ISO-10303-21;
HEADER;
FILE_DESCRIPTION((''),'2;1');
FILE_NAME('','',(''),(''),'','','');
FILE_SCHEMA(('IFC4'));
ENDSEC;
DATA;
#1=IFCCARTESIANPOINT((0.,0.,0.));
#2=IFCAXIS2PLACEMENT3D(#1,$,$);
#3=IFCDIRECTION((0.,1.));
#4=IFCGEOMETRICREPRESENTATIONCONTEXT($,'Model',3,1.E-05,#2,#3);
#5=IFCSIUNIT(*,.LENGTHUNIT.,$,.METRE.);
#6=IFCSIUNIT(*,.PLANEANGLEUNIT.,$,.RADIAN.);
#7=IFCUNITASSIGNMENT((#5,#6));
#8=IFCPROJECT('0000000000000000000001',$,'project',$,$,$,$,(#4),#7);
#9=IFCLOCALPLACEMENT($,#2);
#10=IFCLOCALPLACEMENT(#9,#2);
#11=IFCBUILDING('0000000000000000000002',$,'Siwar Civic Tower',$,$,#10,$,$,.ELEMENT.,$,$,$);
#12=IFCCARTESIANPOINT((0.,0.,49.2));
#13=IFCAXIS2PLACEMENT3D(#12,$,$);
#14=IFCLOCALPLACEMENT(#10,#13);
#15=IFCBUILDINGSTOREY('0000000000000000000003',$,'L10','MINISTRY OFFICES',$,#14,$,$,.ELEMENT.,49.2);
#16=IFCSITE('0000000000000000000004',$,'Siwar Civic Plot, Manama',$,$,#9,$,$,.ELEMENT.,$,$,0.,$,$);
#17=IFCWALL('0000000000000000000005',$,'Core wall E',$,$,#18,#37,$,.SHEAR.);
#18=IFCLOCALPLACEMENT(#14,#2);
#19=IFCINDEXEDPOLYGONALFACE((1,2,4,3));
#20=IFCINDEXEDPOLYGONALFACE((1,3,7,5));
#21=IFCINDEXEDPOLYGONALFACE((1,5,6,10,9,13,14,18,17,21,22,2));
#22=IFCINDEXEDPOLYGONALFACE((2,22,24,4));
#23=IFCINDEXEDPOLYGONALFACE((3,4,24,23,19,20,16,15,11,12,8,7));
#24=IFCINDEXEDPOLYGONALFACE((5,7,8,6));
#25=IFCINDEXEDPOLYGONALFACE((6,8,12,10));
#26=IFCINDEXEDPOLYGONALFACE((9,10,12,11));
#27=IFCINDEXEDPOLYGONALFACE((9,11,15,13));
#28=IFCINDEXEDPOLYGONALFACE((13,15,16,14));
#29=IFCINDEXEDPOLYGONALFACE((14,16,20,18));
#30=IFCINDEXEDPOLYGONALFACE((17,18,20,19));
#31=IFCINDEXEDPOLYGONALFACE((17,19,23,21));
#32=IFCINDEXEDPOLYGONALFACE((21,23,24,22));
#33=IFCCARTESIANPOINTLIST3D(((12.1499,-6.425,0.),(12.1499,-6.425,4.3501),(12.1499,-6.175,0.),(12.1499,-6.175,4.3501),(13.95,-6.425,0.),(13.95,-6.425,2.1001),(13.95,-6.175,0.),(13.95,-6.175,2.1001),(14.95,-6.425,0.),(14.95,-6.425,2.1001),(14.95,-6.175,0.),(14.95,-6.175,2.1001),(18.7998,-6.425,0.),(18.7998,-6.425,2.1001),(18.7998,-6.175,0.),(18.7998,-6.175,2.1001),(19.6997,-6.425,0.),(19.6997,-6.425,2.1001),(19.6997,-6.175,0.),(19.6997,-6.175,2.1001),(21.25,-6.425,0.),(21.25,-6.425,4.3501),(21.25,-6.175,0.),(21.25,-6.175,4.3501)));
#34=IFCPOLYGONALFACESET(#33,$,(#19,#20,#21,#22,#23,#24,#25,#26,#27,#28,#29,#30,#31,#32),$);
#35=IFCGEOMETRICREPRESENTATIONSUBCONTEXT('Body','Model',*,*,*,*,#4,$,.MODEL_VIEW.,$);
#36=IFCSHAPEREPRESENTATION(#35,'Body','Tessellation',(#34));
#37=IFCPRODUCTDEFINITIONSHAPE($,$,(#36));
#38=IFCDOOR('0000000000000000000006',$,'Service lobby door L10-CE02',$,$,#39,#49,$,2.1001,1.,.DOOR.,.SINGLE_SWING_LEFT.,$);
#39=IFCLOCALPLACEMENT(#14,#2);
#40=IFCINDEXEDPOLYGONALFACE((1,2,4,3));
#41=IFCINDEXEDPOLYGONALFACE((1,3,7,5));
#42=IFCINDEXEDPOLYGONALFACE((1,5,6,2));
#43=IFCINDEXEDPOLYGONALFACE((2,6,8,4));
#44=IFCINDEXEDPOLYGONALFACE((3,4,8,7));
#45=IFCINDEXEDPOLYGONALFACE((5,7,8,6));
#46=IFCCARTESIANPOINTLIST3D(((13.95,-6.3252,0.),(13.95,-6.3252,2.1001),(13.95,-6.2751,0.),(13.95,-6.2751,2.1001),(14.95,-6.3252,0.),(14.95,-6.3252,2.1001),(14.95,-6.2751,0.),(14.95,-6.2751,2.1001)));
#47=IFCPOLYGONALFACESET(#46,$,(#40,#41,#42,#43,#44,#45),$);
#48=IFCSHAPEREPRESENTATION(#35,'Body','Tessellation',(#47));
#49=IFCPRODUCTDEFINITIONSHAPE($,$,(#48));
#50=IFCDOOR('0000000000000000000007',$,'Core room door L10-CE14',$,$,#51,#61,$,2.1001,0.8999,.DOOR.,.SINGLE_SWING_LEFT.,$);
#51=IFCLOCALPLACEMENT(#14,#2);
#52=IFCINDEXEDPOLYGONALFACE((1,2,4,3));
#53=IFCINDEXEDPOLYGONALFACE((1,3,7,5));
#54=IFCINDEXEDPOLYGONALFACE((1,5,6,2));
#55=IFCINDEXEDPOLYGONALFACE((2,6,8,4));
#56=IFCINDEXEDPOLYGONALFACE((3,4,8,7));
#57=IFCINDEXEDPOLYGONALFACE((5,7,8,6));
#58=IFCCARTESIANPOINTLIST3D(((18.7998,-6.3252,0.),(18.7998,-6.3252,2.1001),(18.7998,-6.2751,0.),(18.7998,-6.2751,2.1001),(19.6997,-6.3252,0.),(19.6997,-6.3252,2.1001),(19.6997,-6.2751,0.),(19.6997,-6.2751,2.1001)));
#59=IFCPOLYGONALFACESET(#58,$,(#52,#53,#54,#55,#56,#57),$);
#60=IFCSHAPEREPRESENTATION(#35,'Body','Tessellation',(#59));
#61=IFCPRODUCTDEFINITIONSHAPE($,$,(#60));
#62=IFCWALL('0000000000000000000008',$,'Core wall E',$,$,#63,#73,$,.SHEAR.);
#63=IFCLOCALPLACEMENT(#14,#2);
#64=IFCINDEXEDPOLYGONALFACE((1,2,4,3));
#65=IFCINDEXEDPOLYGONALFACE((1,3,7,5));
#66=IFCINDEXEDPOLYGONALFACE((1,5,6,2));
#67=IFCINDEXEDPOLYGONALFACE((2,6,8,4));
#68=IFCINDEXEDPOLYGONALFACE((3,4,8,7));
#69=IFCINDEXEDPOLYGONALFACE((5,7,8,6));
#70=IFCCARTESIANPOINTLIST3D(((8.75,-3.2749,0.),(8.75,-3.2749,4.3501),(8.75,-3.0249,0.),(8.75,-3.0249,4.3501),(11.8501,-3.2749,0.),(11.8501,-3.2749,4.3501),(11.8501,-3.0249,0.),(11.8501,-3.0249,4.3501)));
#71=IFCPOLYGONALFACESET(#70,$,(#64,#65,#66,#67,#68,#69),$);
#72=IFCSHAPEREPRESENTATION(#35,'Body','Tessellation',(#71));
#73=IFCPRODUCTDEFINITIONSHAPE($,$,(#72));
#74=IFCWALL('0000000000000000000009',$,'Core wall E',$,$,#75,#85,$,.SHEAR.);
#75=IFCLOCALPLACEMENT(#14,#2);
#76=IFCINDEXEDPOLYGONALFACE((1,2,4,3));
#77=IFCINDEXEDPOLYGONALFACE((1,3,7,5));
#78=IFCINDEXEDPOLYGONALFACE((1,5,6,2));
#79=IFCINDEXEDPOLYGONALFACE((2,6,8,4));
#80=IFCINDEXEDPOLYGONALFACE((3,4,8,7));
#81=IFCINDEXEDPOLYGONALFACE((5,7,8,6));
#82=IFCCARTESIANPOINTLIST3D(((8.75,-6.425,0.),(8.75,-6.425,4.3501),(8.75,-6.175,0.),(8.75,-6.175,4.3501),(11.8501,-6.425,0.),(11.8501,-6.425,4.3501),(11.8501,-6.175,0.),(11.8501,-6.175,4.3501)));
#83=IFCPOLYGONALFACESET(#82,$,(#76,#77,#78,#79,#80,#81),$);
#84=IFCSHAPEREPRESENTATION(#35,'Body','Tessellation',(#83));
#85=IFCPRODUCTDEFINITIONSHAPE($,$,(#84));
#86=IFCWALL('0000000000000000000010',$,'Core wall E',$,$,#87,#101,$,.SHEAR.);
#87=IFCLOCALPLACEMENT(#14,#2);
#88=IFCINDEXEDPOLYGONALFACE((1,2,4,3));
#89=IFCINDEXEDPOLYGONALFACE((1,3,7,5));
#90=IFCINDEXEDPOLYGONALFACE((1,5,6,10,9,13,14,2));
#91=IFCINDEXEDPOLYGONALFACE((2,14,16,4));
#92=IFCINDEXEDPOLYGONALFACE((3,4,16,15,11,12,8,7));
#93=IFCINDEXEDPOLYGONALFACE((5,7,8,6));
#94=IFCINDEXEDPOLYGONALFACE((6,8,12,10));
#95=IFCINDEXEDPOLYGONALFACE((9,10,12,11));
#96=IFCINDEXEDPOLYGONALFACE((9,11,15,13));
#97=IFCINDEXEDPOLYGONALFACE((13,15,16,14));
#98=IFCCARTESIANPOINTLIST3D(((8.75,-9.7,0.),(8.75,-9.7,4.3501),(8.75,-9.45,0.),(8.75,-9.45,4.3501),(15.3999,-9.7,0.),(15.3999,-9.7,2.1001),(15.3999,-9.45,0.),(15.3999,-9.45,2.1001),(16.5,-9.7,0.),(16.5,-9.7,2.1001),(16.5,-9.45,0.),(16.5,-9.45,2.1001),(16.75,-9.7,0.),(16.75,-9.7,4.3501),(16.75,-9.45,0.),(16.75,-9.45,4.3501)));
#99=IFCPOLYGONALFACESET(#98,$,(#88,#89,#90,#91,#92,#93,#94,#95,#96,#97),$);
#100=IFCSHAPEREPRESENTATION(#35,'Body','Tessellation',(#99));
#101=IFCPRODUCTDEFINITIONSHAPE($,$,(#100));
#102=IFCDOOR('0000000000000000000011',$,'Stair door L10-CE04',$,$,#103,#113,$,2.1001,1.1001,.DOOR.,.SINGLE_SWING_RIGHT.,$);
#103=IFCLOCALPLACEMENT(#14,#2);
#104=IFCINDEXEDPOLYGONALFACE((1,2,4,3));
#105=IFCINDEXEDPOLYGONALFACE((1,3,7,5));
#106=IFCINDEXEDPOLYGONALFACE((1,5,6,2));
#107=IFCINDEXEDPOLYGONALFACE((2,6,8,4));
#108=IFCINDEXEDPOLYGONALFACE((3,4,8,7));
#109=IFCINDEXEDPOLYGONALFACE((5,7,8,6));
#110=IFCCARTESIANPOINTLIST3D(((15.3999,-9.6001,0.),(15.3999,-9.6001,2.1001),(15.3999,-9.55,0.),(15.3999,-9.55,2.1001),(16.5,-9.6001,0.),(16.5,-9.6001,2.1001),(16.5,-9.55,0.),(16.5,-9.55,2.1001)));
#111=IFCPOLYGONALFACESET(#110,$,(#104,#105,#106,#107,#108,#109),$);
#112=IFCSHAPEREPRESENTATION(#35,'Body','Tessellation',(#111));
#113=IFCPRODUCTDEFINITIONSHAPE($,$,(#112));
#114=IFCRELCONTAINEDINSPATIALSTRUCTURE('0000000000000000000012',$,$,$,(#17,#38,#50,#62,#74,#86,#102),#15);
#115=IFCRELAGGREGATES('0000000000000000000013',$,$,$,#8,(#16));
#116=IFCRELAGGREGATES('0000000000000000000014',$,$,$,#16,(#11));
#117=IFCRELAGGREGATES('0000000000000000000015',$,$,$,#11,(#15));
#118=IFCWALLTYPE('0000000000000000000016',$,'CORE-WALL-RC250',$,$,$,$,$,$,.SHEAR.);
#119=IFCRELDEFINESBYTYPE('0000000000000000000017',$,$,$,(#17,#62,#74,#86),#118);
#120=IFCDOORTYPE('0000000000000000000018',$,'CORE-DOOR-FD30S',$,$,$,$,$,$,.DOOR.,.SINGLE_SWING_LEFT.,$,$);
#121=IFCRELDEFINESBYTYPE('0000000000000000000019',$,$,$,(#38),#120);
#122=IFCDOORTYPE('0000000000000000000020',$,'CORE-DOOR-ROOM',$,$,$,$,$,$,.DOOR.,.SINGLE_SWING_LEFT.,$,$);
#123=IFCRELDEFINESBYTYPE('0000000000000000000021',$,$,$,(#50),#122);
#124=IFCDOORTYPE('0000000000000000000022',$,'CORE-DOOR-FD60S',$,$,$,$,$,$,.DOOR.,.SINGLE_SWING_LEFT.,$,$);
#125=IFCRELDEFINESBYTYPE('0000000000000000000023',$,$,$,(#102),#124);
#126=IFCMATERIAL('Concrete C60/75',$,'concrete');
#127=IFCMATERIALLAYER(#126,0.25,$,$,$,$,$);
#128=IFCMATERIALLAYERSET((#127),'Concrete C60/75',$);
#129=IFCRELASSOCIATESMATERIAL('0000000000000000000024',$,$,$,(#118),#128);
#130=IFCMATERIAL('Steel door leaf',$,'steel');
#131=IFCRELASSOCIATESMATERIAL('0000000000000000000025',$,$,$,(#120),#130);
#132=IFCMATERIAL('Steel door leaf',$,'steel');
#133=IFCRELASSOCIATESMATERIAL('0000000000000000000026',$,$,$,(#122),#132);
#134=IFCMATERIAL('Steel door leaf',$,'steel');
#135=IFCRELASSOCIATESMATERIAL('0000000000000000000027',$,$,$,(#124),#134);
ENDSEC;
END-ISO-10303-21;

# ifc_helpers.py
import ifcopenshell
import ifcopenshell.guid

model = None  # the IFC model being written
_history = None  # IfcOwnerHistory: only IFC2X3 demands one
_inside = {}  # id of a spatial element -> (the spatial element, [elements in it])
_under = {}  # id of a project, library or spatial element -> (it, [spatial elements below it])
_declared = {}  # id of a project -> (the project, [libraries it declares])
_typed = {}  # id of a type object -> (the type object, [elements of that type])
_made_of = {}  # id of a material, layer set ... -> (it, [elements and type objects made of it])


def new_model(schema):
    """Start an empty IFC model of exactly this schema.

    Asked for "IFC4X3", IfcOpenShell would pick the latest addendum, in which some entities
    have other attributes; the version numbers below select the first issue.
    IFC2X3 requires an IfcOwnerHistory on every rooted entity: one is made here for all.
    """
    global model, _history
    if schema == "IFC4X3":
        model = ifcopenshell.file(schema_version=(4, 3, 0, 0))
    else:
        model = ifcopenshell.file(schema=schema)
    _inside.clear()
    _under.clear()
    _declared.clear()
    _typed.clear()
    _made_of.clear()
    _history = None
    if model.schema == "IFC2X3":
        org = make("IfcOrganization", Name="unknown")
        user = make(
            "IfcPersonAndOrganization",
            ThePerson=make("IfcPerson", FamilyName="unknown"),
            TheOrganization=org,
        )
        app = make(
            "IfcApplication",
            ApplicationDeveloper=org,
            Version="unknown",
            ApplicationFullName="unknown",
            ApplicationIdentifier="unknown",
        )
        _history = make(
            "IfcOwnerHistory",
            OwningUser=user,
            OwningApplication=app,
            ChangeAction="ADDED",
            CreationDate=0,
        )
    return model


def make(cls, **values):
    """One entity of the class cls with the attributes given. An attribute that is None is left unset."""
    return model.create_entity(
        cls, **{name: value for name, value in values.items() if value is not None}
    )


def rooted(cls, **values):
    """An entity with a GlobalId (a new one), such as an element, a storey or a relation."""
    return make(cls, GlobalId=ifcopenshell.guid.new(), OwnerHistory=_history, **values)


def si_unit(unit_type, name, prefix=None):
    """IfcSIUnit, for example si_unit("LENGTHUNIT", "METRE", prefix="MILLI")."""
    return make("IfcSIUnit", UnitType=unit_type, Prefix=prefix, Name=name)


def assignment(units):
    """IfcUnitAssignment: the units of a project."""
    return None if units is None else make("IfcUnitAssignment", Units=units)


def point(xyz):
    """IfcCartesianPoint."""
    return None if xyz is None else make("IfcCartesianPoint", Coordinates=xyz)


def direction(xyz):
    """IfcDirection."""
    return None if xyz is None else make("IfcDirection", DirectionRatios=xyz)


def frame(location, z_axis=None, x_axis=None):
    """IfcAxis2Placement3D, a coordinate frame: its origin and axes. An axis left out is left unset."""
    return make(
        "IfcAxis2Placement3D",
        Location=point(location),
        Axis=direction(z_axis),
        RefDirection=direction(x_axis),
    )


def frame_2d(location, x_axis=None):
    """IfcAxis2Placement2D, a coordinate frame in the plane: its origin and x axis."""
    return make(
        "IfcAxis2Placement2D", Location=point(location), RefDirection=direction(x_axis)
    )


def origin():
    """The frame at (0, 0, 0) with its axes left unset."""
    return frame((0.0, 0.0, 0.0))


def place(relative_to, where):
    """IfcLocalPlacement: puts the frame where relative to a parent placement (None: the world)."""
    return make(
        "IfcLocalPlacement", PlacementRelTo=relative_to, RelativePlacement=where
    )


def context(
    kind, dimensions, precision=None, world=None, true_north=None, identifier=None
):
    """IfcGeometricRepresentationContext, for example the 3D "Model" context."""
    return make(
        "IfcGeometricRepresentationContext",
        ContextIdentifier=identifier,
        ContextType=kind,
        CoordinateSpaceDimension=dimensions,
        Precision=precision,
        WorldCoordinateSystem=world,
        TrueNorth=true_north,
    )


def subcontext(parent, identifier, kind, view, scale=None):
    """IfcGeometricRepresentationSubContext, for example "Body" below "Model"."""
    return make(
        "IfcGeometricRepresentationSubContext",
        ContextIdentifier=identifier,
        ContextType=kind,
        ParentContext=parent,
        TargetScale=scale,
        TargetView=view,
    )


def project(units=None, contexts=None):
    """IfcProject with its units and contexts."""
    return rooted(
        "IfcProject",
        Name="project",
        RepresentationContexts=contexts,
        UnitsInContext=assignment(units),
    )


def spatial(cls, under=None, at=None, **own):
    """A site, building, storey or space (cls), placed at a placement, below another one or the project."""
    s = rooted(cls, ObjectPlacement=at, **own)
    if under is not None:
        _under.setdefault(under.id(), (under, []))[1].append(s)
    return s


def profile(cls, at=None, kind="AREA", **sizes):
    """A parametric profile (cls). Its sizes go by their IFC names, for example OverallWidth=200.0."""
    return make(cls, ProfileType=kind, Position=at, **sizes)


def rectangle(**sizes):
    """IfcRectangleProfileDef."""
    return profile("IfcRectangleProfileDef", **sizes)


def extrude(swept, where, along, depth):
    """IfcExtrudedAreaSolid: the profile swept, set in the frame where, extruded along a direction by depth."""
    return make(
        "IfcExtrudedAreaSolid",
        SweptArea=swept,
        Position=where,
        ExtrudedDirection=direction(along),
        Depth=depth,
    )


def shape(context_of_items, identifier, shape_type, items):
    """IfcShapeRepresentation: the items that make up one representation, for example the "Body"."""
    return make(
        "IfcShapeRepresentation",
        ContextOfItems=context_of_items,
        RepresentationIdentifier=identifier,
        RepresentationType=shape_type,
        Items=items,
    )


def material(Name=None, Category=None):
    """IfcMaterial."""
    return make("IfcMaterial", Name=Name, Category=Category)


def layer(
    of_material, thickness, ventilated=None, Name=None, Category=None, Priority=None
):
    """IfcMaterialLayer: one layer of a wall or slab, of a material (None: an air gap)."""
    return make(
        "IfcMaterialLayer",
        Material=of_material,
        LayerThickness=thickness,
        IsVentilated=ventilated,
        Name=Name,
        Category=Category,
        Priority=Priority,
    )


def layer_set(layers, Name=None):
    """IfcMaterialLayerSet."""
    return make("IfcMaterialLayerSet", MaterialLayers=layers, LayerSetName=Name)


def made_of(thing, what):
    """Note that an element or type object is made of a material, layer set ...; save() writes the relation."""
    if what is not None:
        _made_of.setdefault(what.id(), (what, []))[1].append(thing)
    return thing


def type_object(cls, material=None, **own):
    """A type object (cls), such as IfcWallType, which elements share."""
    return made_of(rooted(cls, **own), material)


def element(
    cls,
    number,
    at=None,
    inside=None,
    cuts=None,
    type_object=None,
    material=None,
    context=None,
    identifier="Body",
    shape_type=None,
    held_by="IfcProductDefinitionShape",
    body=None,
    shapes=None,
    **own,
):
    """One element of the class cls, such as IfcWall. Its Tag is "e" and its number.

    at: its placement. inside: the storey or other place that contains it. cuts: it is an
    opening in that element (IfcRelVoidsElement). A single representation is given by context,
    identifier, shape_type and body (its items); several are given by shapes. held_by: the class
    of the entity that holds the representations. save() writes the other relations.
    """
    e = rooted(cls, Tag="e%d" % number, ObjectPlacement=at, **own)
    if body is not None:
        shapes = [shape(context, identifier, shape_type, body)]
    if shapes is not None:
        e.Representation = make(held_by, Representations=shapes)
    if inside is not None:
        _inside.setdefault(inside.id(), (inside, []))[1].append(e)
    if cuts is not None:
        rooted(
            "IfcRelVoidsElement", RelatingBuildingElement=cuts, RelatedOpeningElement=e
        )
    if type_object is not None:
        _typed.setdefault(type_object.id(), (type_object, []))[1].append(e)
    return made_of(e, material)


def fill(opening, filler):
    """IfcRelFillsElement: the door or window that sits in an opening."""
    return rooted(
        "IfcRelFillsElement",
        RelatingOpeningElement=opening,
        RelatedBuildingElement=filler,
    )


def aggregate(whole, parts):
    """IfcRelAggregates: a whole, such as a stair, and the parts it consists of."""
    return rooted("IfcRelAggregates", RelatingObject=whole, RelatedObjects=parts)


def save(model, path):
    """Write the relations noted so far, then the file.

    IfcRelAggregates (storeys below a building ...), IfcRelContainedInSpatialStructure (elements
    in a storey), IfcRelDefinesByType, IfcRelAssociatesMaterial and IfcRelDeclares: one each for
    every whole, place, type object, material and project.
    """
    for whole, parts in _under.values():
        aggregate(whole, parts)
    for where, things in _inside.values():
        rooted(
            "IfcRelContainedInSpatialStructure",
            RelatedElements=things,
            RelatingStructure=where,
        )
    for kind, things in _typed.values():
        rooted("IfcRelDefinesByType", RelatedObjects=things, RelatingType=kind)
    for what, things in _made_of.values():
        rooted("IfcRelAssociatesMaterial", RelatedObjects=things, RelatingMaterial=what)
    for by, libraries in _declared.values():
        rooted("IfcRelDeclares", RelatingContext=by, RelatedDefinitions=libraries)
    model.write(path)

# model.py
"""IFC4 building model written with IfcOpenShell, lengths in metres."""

from ifc_helpers import new_model, si_unit, direction, frame, frame_2d, origin, place, context, subcontext, project, spatial, rectangle, extrude, material, layer, layer_set, type_object, element, fill, save


model = new_model("IFC4")

# Units and contexts
model_context = context("Model", 3, precision=1e-05, world=origin(), true_north=direction((0.0, 1.0)))
body_context = subcontext(model_context, "Body", "Model", "MODEL_VIEW")
ifc_project = project(units=[si_unit("LENGTHUNIT", "METRE"), si_unit("PLANEANGLEUNIT", "RADIAN")], contexts=[model_context])

# Site, building, storey
site_placement = place(None, origin())
site = spatial("IfcSite", under=ifc_project, at=site_placement, Name="Siwar Civic Plot, Manama", CompositionType="ELEMENT", RefElevation=0.0)
building_placement = place(site_placement, origin())
building = spatial("IfcBuilding", under=site, at=building_placement, Name="Siwar Civic Tower", CompositionType="ELEMENT")
storey_placement = place(building_placement, frame((0.0, 0.0, 49.2)))
storey = spatial("IfcBuildingStorey", under=building, at=storey_placement, Name="L10", Description="MINISTRY OFFICES", CompositionType="ELEMENT", Elevation=49.2)

# Wall, openings, doors
ifc_material_1 = material(Name="Concrete C60/75", Category="concrete")
ifc_layer_1 = layer(ifc_material_1, 0.25)
ifc_layer_set_1 = layer_set([ifc_layer_1], Name="Concrete C60/75")
wall_type_1 = type_object("IfcWallType", Name="CORE-WALL-RC250", PredefinedType="SHEAR", material=ifc_layer_set_1)
wall_1_placement = place(storey_placement, frame((12.1499, -6.3, 0.0), z_axis=(0.0, 0.0, 1.0), x_axis=(1.0, 0.0, 0.0)))
wall_1 = element("IfcWall", 1, at=wall_1_placement, inside=storey, type_object=wall_type_1, Name="Core wall E", PredefinedType="SHEAR", context=body_context, shape_type="SweptSolid", body=[
    extrude(rectangle(XDim=9.1001, YDim=0.25, at=frame_2d((4.55, 0.0))), origin(), (0.0, 0.0, 1.0), 4.3501),
])
opening_1_placement = place(wall_1_placement, frame((1.8, 0.0, 0.0)))
opening_1 = element("IfcOpeningElement", 2, at=opening_1_placement, cuts=wall_1, PredefinedType="OPENING", context=body_context, shape_type="SweptSolid", body=[
    extrude(rectangle(XDim=1.0, YDim=2.1001, at=frame_2d((0.5, 1.05))), frame((0.0, 0.135, 0.0), z_axis=(0.0, -1.0, 0.0), x_axis=(1.0, 0.0, 0.0)), (0.0, 0.0, 1.0), 0.27),
])
opening_2_placement = place(wall_1_placement, frame((6.6499, 0.0, 0.0)))
opening_2 = element("IfcOpeningElement", 3, at=opening_2_placement, cuts=wall_1, PredefinedType="OPENING", context=body_context, shape_type="SweptSolid", body=[
    extrude(rectangle(XDim=0.8999, YDim=2.1001, at=frame_2d((0.45, 1.05))), frame((0.0, 0.135, 0.0), z_axis=(0.0, -1.0, 0.0), x_axis=(1.0, 0.0, 0.0)), (0.0, 0.0, 1.0), 0.27),
])
ifc_material_2 = material(Name="Steel door leaf", Category="steel")
door_type_1 = type_object("IfcDoorType", Name="CORE-DOOR-FD30S", OperationType="SINGLE_SWING_LEFT", PredefinedType="DOOR", material=ifc_material_2)
door_1_placement = place(opening_1_placement, origin())
door_1 = element("IfcDoor", 4, at=door_1_placement, inside=storey, type_object=door_type_1, Name="Service lobby door L10-CE02", OperationType="SINGLE_SWING_LEFT", OverallHeight=2.1001, OverallWidth=1.0, PredefinedType="DOOR", context=body_context, shape_type="SweptSolid", body=[
    extrude(rectangle(XDim=1.0, YDim=2.1001, at=frame_2d((0.5, 1.05))), frame((0.0, 0.0249, 0.0), z_axis=(0.0, -1.0, 0.0), x_axis=(1.0, 0.0, 0.0)), (0.0, 0.0, 1.0), 0.05),
])
fill(opening_1, door_1)
ifc_material_3 = material(Name="Steel door leaf", Category="steel")
door_type_2 = type_object("IfcDoorType", Name="CORE-DOOR-ROOM", OperationType="SINGLE_SWING_LEFT", PredefinedType="DOOR", material=ifc_material_3)
door_2_placement = place(opening_2_placement, origin())
door_2 = element("IfcDoor", 5, at=door_2_placement, inside=storey, type_object=door_type_2, Name="Core room door L10-CE14", OperationType="SINGLE_SWING_LEFT", OverallHeight=2.1001, OverallWidth=0.8999, PredefinedType="DOOR", context=body_context, shape_type="SweptSolid", body=[
    extrude(rectangle(XDim=0.8999, YDim=2.1001, at=frame_2d((0.45, 1.05))), frame((0.0, 0.0249, 0.0), z_axis=(0.0, -1.0, 0.0), x_axis=(1.0, 0.0, 0.0)), (0.0, 0.0, 1.0), 0.05),
])
fill(opening_2, door_2)

# Walls
for number, where, z_axis, x_axis, name in (
    (6, (8.75, -3.1499, 0.0), (0.0, 0.0, 1.0), (1.0, 0.0, 0.0), "Core wall E"),
    (7, (8.75, -6.3, 0.0), (0.0, 0.0, 1.0), (1.0, 0.0, 0.0), "Core wall E"),
):
    element("IfcWall", number, at=place(storey_placement, frame(where, z_axis=z_axis, x_axis=x_axis)), inside=storey, type_object=wall_type_1, Name=name, PredefinedType="SHEAR", context=body_context, shape_type="SweptSolid", body=[
        extrude(rectangle(XDim=3.1001, YDim=0.25, at=frame_2d((1.55, 0.0))), origin(), (0.0, 0.0, 1.0), 4.3501),
    ])

# Wall, opening, door
wall_2_placement = place(storey_placement, frame((8.75, -9.575, 0.0), z_axis=(0.0, 0.0, 1.0), x_axis=(1.0, 0.0, 0.0)))
wall_2 = element("IfcWall", 8, at=wall_2_placement, inside=storey, type_object=wall_type_1, Name="Core wall E", PredefinedType="SHEAR", context=body_context, shape_type="SweptSolid", body=[
    extrude(rectangle(XDim=8.0, YDim=0.25, at=frame_2d((4.0, 0.0))), origin(), (0.0, 0.0, 1.0), 4.3501),
])
opening_3_placement = place(wall_2_placement, frame((6.6499, 0.0, 0.0)))
opening_3 = element("IfcOpeningElement", 9, at=opening_3_placement, cuts=wall_2, PredefinedType="OPENING", context=body_context, shape_type="SweptSolid", body=[
    extrude(rectangle(XDim=1.1001, YDim=2.1001, at=frame_2d((0.55, 1.05))), frame((0.0, 0.135, 0.0), z_axis=(0.0, -1.0, 0.0), x_axis=(1.0, 0.0, 0.0)), (0.0, 0.0, 1.0), 0.27),
])
ifc_material_4 = material(Name="Steel door leaf", Category="steel")
door_type_3 = type_object("IfcDoorType", Name="CORE-DOOR-FD60S", OperationType="SINGLE_SWING_LEFT", PredefinedType="DOOR", material=ifc_material_4)
door_3_placement = place(opening_3_placement, origin())
door_3 = element("IfcDoor", 10, at=door_3_placement, inside=storey, type_object=door_type_3, Name="Stair door L10-CE04", OperationType="SINGLE_SWING_RIGHT", OverallHeight=2.1001, OverallWidth=1.1001, PredefinedType="DOOR", context=body_context, shape_type="SweptSolid", body=[
    extrude(rectangle(XDim=1.1001, YDim=2.1001, at=frame_2d((0.55, 1.05))), frame((0.0, 0.0249, 0.0), z_axis=(0.0, -1.0, 0.0), x_axis=(1.0, 0.0, 0.0)), (0.0, 0.0, 1.0), 0.05),
])
fill(opening_3, door_3)

save(model, "model.ifc")
